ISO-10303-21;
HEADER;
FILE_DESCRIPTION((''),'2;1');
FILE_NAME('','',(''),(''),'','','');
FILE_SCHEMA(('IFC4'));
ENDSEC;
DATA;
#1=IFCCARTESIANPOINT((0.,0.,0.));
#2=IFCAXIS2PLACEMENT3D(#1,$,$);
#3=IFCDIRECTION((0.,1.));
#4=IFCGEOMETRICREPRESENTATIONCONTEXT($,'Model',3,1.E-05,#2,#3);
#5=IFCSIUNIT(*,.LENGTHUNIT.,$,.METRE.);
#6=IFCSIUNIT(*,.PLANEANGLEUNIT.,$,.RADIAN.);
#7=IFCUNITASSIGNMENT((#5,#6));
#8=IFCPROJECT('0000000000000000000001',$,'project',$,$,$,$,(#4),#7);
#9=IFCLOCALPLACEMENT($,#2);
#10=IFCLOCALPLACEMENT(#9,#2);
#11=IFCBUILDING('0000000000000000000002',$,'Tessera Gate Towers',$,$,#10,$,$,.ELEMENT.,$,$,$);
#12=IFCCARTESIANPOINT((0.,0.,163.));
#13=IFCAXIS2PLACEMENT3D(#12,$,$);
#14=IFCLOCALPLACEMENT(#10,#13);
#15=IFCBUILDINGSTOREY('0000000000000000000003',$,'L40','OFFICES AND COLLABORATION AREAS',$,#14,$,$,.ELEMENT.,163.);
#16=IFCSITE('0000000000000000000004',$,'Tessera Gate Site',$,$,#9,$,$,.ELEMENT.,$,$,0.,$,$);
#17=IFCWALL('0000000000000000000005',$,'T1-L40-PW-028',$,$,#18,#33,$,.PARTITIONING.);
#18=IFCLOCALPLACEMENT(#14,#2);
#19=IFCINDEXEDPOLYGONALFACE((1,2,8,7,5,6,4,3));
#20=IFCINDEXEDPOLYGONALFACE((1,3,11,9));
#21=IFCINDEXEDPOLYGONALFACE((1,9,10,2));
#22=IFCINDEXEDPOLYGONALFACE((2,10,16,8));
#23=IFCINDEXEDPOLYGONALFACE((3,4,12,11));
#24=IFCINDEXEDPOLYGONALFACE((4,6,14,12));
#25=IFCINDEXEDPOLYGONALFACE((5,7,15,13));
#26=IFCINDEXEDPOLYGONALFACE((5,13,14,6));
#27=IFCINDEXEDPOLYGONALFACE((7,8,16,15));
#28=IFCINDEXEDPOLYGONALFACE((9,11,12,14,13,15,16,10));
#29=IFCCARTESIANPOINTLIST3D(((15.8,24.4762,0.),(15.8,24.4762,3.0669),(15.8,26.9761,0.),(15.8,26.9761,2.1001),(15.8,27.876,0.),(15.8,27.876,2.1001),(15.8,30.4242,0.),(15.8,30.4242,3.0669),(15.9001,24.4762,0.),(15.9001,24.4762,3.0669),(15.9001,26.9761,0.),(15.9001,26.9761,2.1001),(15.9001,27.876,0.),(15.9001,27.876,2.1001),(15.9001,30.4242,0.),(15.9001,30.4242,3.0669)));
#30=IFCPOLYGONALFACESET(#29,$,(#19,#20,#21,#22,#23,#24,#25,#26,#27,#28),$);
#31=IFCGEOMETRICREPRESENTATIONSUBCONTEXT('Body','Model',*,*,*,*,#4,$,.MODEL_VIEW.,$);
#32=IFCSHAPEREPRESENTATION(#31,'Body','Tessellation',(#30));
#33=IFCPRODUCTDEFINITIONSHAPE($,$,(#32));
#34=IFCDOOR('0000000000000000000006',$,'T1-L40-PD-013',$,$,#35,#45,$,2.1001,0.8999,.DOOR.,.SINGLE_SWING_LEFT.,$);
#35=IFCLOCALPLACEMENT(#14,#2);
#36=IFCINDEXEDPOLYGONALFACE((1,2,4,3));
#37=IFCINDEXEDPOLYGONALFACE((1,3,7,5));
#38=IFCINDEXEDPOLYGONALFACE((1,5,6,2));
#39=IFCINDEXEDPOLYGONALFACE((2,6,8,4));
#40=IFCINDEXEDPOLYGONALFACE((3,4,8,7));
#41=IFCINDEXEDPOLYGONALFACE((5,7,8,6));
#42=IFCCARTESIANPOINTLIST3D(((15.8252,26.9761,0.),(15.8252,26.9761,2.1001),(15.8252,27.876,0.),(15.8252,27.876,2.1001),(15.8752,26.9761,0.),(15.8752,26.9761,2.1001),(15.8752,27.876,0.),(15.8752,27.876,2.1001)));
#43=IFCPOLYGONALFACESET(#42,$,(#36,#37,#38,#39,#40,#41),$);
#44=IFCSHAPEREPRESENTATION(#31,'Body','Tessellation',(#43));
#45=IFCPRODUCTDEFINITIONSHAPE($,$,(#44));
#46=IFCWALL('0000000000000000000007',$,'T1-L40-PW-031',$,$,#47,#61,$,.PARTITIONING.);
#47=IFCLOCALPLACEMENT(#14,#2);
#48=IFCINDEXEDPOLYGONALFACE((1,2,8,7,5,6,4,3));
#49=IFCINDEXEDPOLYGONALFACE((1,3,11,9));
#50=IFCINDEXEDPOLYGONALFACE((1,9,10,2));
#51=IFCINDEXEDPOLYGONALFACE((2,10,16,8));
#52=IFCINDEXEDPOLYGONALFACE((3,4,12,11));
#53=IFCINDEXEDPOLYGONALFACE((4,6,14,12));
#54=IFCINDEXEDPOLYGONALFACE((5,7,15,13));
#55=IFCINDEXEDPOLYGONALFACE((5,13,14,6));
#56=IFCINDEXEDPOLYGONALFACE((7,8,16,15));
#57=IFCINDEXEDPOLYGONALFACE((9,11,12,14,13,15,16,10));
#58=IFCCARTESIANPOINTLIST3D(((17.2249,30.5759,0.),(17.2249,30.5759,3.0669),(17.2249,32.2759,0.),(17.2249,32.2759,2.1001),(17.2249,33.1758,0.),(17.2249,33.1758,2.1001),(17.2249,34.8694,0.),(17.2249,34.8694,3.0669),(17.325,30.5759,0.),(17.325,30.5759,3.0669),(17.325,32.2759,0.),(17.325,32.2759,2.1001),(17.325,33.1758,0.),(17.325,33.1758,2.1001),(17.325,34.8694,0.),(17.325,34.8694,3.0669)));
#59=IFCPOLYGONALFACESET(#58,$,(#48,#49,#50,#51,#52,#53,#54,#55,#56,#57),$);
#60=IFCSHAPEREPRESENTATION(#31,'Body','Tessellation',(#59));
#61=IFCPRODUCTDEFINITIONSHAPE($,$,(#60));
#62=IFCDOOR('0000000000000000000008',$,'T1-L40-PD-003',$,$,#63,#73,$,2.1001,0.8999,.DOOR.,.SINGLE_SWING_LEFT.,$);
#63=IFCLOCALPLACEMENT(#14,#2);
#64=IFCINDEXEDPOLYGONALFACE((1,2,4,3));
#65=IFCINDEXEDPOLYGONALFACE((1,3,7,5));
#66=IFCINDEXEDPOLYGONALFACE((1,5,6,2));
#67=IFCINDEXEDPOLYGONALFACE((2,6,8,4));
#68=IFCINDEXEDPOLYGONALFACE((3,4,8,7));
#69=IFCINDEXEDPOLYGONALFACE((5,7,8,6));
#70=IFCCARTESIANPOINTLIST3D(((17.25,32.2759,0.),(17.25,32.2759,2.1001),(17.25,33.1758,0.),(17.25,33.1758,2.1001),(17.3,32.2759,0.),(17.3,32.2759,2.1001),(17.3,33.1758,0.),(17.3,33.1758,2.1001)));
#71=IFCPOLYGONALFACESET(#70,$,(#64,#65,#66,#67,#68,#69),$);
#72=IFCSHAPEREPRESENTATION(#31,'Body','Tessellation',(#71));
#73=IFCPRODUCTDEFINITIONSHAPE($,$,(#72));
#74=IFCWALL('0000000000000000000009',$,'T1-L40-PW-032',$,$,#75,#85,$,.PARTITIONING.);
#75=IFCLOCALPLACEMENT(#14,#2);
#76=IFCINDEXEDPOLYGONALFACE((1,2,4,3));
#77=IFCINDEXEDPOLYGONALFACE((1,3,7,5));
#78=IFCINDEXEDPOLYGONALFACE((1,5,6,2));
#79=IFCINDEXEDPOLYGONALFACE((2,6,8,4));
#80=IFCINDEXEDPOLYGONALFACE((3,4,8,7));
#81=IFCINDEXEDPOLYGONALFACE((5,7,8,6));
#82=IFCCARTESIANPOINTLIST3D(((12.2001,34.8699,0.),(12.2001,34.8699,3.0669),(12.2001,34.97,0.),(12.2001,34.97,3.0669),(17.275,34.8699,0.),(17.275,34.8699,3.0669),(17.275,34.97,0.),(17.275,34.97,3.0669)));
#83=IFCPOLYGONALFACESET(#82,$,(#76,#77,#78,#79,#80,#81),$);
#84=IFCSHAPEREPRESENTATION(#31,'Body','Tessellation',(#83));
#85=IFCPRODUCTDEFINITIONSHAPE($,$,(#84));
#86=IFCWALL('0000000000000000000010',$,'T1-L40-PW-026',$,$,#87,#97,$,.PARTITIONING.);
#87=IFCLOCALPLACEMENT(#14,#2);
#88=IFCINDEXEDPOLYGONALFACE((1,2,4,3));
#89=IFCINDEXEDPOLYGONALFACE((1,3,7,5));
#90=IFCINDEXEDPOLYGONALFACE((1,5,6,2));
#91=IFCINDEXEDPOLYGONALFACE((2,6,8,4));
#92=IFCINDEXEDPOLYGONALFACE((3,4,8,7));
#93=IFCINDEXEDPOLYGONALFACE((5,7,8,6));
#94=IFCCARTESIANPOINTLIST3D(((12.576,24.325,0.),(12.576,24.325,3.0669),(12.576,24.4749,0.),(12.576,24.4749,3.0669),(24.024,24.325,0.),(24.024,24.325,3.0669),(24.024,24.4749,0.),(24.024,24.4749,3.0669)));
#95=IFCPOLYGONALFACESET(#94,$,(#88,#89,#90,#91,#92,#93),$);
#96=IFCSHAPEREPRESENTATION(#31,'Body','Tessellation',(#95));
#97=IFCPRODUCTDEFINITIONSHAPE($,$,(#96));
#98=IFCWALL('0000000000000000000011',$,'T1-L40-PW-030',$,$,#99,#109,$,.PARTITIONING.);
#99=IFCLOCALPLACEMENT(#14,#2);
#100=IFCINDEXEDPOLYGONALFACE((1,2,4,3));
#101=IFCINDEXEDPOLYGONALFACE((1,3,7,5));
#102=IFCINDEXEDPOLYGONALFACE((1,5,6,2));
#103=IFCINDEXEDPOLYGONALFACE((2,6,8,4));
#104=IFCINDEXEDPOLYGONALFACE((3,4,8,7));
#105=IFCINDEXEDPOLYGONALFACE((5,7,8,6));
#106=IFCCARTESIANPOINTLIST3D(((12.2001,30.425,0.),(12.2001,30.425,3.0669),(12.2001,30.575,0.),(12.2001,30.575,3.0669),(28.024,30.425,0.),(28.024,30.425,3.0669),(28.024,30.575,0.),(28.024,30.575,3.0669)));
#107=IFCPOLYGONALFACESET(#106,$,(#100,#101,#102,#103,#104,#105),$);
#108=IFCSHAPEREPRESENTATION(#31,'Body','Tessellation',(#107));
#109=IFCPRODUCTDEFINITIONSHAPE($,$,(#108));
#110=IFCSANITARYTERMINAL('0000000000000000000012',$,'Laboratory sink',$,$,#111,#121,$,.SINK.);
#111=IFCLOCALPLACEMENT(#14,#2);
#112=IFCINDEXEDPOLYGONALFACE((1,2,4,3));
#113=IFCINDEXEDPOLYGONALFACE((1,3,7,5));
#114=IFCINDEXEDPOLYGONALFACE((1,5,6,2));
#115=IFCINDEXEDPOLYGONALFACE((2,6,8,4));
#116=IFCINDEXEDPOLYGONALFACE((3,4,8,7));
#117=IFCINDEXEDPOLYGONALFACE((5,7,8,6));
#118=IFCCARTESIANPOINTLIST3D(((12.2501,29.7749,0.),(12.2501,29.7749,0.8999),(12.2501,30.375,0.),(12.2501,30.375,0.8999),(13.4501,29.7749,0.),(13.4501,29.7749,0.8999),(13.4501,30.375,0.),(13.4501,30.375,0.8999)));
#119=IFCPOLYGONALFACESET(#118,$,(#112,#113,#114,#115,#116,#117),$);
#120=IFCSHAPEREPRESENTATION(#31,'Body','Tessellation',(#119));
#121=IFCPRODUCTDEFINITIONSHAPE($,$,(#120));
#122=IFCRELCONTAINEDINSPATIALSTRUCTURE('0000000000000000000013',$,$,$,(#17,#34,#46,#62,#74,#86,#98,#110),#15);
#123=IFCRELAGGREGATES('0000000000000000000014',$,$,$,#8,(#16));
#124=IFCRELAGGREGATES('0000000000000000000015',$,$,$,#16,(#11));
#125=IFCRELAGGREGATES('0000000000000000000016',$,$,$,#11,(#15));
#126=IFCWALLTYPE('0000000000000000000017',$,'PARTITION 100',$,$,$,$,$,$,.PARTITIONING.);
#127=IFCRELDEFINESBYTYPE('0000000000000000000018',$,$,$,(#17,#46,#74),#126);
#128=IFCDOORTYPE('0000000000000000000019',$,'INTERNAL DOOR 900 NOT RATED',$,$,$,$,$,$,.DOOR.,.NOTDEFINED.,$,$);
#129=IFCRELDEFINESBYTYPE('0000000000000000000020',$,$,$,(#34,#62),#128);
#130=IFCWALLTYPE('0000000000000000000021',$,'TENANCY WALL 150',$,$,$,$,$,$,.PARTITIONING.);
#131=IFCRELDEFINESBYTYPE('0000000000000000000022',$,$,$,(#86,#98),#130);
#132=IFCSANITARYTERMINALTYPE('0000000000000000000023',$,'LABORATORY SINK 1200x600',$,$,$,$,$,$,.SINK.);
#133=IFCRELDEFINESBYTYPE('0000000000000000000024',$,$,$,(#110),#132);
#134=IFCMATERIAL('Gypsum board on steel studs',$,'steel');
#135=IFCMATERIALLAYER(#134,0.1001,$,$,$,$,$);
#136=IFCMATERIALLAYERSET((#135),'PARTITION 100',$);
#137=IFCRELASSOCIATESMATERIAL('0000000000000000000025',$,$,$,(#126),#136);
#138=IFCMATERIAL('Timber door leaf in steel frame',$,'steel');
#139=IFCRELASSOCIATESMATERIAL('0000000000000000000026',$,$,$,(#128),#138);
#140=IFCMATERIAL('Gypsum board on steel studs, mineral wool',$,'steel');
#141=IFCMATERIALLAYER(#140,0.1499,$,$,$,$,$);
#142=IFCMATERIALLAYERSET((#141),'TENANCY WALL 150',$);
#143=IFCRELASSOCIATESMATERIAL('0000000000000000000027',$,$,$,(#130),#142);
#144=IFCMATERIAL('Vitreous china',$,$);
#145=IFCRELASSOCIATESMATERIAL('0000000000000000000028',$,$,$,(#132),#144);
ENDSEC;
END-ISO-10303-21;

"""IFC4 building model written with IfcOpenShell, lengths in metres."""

from ifc_helpers import new_model, si_unit, direction, frame, frame_2d, origin, origin_2d, place, context, subcontext, project, spatial, rectangle, extrude, source, transform, mapped, material, layer, layer_set, type_object, element, fill, save


model = new_model("IFC4")

# Units and contexts
model_context = context("Model", 3, precision=1e-05, world=origin(), true_north=direction((0.0, 1.0)))
body_context = subcontext(model_context, "Body", "Model", "MODEL_VIEW")
ifc_project = project(units=[si_unit("LENGTHUNIT", "METRE"), si_unit("PLANEANGLEUNIT", "RADIAN")], contexts=[model_context])

# Site, building, storey
site_placement = place(None, origin())
site = spatial("IfcSite", under=ifc_project, at=site_placement, Name="Tessera Gate Site", CompositionType="ELEMENT", RefElevation=0.0)
building_placement = place(site_placement, origin())
building = spatial("IfcBuilding", under=site, at=building_placement, Name="Tessera Gate Towers", CompositionType="ELEMENT")
storey_placement = place(building_placement, frame((0.0, 0.0, 163.0)))
storey = spatial("IfcBuildingStorey", under=building, at=storey_placement, Name="L40", Description="OFFICES AND COLLABORATION AREAS", CompositionType="ELEMENT", Elevation=163.0)

# Walls, openings, doors
shared_shape_1 = source(origin(), body_context, "Body", "SweptSolid", [
    extrude(rectangle(XDim=0.8999, YDim=2.1001, at=frame_2d((0.45, 1.05))), frame((0.0, 0.0601, 0.0), z_axis=(0.0, -1.0, 0.0), x_axis=(1.0, 0.0, 0.0)), (0.0, 0.0, 1.0), 0.1201),
])
shared_shape_2 = source(origin(), body_context, "Body", "SweptSolid", [
    extrude(rectangle(XDim=0.8999, YDim=2.1001, at=frame_2d((0.45, 1.05))), frame((0.0, 0.0249, 0.0), z_axis=(0.0, -1.0, 0.0), x_axis=(1.0, 0.0, 0.0)), (0.0, 0.0, 1.0), 0.05),
])
ifc_material_1 = material(Name="Gypsum board on steel studs", Category="steel")
ifc_layer_1 = layer(ifc_material_1, 0.1001)
ifc_layer_set_1 = layer_set([ifc_layer_1], Name="PARTITION 100")
wall_type_1 = type_object("IfcWallType", Name="PARTITION 100", PredefinedType="PARTITIONING", material=ifc_layer_set_1)
wall_1_placement = place(storey_placement, frame((15.8501, 24.4761, 0.0), z_axis=(0.0, 0.0, 1.0), x_axis=(0.0, 1.0, 0.0)))
wall_1 = element("IfcWall", 1, at=wall_1_placement, inside=storey, type_object=wall_type_1, Name="T1-L40-PW-028", PredefinedType="PARTITIONING", context=body_context, shape_type="SweptSolid", body=[
    extrude(rectangle(XDim=5.948, YDim=0.1001, at=frame_2d((2.9741, 0.0))), origin(), (0.0, 0.0, 1.0), 3.0669),
])
opening_1_placement = place(wall_1_placement, frame((2.5, 0.0, 0.0)))
opening_1 = element("IfcOpeningElement", 2, at=opening_1_placement, cuts=wall_1, PredefinedType="OPENING", context=body_context, shape_type="MappedRepresentation", body=[
    mapped(shared_shape_1, transform((0.0, 0.0, 0.0), scale=1.0)),
])
ifc_material_2 = material(Name="Timber door leaf in steel frame", Category="steel")
door_type_1 = type_object("IfcDoorType", Name="INTERNAL DOOR 900 NOT RATED", OperationType="NOTDEFINED", PredefinedType="DOOR", material=ifc_material_2)
door_1_placement = place(opening_1_placement, origin())
door_1 = element("IfcDoor", 3, at=door_1_placement, inside=storey, type_object=door_type_1, Name="T1-L40-PD-013", OperationType="SINGLE_SWING_LEFT", OverallHeight=2.1001, OverallWidth=0.8999, PredefinedType="DOOR", context=body_context, shape_type="MappedRepresentation", body=[
    mapped(shared_shape_2, transform((0.0, 0.0, 0.0), scale=1.0)),
])
fill(opening_1, door_1)
wall_2_placement = place(storey_placement, frame((17.2749, 30.5759, 0.0), z_axis=(0.0, 0.0, 1.0), x_axis=(0.0, 1.0, 0.0)))
wall_2 = element("IfcWall", 4, at=wall_2_placement, inside=storey, type_object=wall_type_1, Name="T1-L40-PW-031", PredefinedType="PARTITIONING", context=body_context, shape_type="SweptSolid", body=[
    extrude(rectangle(XDim=4.2935, YDim=0.1001, at=frame_2d((2.1467, 0.0))), origin(), (0.0, 0.0, 1.0), 3.0669),
])
opening_2_placement = place(wall_2_placement, frame((1.7, 0.0, 0.0)))
opening_2 = element("IfcOpeningElement", 5, at=opening_2_placement, cuts=wall_2, PredefinedType="OPENING", context=body_context, shape_type="MappedRepresentation", body=[
    mapped(shared_shape_1, transform((0.0, 0.0, 0.0), scale=1.0)),
])
door_2_placement = place(opening_2_placement, origin())
door_2 = element("IfcDoor", 6, at=door_2_placement, inside=storey, type_object=door_type_1, Name="T1-L40-PD-003", OperationType="SINGLE_SWING_LEFT", OverallHeight=2.1001, OverallWidth=0.8999, PredefinedType="DOOR", context=body_context, shape_type="MappedRepresentation", body=[
    mapped(shared_shape_2, transform((0.0, 0.0, 0.0), scale=1.0)),
])
fill(opening_2, door_2)

# Walls
wall_3_placement = place(storey_placement, frame((12.2, 34.9199, 0.0), z_axis=(0.0, 0.0, 1.0), x_axis=(1.0, 0.0, 0.0)))
element("IfcWall", 7, at=wall_3_placement, inside=storey, type_object=wall_type_1, Name="T1-L40-PW-032", PredefinedType="PARTITIONING", context=body_context, shape_type="SweptSolid", body=[
    extrude(rectangle(XDim=5.075, YDim=0.1001, at=frame_2d((2.5376, 0.0))), origin(), (0.0, 0.0, 1.0), 3.0669),
])
ifc_material_3 = material(Name="Gypsum board on steel studs, mineral wool", Category="steel")
ifc_layer_2 = layer(ifc_material_3, 0.1499)
ifc_layer_set_2 = layer_set([ifc_layer_2], Name="TENANCY WALL 150")
wall_type_2 = type_object("IfcWallType", Name="TENANCY WALL 150", PredefinedType="PARTITIONING", material=ifc_layer_set_2)
wall_4_placement = place(storey_placement, frame((12.5759, 24.3999, 0.0), z_axis=(0.0, 0.0, 1.0), x_axis=(1.0, 0.0, 0.0)))
element("IfcWall", 8, at=wall_4_placement, inside=storey, type_object=wall_type_2, Name="T1-L40-PW-026", PredefinedType="PARTITIONING", context=body_context, shape_type="SweptSolid", body=[
    extrude(rectangle(XDim=11.448, YDim=0.1499, at=frame_2d((5.7241, 0.0))), origin(), (0.0, 0.0, 1.0), 3.0669),
])
wall_5_placement = place(storey_placement, frame((12.2, 30.5, 0.0), z_axis=(0.0, 0.0, 1.0), x_axis=(1.0, 0.0, 0.0)))
element("IfcWall", 9, at=wall_5_placement, inside=storey, type_object=wall_type_2, Name="T1-L40-PW-030", PredefinedType="PARTITIONING", context=body_context, shape_type="SweptSolid", body=[
    extrude(rectangle(XDim=15.824, YDim=0.1499, at=frame_2d((7.9121, 0.0))), origin(), (0.0, 0.0, 1.0), 3.0669),
])

# Sanitary terminal
ifc_material_4 = material(Name="Vitreous china")
sanitary_terminal_type = type_object("IfcSanitaryTerminalType", Name="LABORATORY SINK 1200x600", PredefinedType="SINK", material=ifc_material_4)
sanitary_terminal_placement = place(storey_placement, frame((12.8501, 30.075, 0.0), z_axis=(0.0, 0.0, 1.0), x_axis=(1.0, 0.0, 0.0)))
element("IfcSanitaryTerminal", 10, at=sanitary_terminal_placement, inside=storey, type_object=sanitary_terminal_type, Name="Laboratory sink", PredefinedType="SINK", context=body_context, shape_type="SweptSolid", body=[
    extrude(rectangle(XDim=1.2, YDim=0.6001, at=origin_2d()), origin(), (0.0, 0.0, 1.0), 0.8999),
])

save(model, "model.ifc")
